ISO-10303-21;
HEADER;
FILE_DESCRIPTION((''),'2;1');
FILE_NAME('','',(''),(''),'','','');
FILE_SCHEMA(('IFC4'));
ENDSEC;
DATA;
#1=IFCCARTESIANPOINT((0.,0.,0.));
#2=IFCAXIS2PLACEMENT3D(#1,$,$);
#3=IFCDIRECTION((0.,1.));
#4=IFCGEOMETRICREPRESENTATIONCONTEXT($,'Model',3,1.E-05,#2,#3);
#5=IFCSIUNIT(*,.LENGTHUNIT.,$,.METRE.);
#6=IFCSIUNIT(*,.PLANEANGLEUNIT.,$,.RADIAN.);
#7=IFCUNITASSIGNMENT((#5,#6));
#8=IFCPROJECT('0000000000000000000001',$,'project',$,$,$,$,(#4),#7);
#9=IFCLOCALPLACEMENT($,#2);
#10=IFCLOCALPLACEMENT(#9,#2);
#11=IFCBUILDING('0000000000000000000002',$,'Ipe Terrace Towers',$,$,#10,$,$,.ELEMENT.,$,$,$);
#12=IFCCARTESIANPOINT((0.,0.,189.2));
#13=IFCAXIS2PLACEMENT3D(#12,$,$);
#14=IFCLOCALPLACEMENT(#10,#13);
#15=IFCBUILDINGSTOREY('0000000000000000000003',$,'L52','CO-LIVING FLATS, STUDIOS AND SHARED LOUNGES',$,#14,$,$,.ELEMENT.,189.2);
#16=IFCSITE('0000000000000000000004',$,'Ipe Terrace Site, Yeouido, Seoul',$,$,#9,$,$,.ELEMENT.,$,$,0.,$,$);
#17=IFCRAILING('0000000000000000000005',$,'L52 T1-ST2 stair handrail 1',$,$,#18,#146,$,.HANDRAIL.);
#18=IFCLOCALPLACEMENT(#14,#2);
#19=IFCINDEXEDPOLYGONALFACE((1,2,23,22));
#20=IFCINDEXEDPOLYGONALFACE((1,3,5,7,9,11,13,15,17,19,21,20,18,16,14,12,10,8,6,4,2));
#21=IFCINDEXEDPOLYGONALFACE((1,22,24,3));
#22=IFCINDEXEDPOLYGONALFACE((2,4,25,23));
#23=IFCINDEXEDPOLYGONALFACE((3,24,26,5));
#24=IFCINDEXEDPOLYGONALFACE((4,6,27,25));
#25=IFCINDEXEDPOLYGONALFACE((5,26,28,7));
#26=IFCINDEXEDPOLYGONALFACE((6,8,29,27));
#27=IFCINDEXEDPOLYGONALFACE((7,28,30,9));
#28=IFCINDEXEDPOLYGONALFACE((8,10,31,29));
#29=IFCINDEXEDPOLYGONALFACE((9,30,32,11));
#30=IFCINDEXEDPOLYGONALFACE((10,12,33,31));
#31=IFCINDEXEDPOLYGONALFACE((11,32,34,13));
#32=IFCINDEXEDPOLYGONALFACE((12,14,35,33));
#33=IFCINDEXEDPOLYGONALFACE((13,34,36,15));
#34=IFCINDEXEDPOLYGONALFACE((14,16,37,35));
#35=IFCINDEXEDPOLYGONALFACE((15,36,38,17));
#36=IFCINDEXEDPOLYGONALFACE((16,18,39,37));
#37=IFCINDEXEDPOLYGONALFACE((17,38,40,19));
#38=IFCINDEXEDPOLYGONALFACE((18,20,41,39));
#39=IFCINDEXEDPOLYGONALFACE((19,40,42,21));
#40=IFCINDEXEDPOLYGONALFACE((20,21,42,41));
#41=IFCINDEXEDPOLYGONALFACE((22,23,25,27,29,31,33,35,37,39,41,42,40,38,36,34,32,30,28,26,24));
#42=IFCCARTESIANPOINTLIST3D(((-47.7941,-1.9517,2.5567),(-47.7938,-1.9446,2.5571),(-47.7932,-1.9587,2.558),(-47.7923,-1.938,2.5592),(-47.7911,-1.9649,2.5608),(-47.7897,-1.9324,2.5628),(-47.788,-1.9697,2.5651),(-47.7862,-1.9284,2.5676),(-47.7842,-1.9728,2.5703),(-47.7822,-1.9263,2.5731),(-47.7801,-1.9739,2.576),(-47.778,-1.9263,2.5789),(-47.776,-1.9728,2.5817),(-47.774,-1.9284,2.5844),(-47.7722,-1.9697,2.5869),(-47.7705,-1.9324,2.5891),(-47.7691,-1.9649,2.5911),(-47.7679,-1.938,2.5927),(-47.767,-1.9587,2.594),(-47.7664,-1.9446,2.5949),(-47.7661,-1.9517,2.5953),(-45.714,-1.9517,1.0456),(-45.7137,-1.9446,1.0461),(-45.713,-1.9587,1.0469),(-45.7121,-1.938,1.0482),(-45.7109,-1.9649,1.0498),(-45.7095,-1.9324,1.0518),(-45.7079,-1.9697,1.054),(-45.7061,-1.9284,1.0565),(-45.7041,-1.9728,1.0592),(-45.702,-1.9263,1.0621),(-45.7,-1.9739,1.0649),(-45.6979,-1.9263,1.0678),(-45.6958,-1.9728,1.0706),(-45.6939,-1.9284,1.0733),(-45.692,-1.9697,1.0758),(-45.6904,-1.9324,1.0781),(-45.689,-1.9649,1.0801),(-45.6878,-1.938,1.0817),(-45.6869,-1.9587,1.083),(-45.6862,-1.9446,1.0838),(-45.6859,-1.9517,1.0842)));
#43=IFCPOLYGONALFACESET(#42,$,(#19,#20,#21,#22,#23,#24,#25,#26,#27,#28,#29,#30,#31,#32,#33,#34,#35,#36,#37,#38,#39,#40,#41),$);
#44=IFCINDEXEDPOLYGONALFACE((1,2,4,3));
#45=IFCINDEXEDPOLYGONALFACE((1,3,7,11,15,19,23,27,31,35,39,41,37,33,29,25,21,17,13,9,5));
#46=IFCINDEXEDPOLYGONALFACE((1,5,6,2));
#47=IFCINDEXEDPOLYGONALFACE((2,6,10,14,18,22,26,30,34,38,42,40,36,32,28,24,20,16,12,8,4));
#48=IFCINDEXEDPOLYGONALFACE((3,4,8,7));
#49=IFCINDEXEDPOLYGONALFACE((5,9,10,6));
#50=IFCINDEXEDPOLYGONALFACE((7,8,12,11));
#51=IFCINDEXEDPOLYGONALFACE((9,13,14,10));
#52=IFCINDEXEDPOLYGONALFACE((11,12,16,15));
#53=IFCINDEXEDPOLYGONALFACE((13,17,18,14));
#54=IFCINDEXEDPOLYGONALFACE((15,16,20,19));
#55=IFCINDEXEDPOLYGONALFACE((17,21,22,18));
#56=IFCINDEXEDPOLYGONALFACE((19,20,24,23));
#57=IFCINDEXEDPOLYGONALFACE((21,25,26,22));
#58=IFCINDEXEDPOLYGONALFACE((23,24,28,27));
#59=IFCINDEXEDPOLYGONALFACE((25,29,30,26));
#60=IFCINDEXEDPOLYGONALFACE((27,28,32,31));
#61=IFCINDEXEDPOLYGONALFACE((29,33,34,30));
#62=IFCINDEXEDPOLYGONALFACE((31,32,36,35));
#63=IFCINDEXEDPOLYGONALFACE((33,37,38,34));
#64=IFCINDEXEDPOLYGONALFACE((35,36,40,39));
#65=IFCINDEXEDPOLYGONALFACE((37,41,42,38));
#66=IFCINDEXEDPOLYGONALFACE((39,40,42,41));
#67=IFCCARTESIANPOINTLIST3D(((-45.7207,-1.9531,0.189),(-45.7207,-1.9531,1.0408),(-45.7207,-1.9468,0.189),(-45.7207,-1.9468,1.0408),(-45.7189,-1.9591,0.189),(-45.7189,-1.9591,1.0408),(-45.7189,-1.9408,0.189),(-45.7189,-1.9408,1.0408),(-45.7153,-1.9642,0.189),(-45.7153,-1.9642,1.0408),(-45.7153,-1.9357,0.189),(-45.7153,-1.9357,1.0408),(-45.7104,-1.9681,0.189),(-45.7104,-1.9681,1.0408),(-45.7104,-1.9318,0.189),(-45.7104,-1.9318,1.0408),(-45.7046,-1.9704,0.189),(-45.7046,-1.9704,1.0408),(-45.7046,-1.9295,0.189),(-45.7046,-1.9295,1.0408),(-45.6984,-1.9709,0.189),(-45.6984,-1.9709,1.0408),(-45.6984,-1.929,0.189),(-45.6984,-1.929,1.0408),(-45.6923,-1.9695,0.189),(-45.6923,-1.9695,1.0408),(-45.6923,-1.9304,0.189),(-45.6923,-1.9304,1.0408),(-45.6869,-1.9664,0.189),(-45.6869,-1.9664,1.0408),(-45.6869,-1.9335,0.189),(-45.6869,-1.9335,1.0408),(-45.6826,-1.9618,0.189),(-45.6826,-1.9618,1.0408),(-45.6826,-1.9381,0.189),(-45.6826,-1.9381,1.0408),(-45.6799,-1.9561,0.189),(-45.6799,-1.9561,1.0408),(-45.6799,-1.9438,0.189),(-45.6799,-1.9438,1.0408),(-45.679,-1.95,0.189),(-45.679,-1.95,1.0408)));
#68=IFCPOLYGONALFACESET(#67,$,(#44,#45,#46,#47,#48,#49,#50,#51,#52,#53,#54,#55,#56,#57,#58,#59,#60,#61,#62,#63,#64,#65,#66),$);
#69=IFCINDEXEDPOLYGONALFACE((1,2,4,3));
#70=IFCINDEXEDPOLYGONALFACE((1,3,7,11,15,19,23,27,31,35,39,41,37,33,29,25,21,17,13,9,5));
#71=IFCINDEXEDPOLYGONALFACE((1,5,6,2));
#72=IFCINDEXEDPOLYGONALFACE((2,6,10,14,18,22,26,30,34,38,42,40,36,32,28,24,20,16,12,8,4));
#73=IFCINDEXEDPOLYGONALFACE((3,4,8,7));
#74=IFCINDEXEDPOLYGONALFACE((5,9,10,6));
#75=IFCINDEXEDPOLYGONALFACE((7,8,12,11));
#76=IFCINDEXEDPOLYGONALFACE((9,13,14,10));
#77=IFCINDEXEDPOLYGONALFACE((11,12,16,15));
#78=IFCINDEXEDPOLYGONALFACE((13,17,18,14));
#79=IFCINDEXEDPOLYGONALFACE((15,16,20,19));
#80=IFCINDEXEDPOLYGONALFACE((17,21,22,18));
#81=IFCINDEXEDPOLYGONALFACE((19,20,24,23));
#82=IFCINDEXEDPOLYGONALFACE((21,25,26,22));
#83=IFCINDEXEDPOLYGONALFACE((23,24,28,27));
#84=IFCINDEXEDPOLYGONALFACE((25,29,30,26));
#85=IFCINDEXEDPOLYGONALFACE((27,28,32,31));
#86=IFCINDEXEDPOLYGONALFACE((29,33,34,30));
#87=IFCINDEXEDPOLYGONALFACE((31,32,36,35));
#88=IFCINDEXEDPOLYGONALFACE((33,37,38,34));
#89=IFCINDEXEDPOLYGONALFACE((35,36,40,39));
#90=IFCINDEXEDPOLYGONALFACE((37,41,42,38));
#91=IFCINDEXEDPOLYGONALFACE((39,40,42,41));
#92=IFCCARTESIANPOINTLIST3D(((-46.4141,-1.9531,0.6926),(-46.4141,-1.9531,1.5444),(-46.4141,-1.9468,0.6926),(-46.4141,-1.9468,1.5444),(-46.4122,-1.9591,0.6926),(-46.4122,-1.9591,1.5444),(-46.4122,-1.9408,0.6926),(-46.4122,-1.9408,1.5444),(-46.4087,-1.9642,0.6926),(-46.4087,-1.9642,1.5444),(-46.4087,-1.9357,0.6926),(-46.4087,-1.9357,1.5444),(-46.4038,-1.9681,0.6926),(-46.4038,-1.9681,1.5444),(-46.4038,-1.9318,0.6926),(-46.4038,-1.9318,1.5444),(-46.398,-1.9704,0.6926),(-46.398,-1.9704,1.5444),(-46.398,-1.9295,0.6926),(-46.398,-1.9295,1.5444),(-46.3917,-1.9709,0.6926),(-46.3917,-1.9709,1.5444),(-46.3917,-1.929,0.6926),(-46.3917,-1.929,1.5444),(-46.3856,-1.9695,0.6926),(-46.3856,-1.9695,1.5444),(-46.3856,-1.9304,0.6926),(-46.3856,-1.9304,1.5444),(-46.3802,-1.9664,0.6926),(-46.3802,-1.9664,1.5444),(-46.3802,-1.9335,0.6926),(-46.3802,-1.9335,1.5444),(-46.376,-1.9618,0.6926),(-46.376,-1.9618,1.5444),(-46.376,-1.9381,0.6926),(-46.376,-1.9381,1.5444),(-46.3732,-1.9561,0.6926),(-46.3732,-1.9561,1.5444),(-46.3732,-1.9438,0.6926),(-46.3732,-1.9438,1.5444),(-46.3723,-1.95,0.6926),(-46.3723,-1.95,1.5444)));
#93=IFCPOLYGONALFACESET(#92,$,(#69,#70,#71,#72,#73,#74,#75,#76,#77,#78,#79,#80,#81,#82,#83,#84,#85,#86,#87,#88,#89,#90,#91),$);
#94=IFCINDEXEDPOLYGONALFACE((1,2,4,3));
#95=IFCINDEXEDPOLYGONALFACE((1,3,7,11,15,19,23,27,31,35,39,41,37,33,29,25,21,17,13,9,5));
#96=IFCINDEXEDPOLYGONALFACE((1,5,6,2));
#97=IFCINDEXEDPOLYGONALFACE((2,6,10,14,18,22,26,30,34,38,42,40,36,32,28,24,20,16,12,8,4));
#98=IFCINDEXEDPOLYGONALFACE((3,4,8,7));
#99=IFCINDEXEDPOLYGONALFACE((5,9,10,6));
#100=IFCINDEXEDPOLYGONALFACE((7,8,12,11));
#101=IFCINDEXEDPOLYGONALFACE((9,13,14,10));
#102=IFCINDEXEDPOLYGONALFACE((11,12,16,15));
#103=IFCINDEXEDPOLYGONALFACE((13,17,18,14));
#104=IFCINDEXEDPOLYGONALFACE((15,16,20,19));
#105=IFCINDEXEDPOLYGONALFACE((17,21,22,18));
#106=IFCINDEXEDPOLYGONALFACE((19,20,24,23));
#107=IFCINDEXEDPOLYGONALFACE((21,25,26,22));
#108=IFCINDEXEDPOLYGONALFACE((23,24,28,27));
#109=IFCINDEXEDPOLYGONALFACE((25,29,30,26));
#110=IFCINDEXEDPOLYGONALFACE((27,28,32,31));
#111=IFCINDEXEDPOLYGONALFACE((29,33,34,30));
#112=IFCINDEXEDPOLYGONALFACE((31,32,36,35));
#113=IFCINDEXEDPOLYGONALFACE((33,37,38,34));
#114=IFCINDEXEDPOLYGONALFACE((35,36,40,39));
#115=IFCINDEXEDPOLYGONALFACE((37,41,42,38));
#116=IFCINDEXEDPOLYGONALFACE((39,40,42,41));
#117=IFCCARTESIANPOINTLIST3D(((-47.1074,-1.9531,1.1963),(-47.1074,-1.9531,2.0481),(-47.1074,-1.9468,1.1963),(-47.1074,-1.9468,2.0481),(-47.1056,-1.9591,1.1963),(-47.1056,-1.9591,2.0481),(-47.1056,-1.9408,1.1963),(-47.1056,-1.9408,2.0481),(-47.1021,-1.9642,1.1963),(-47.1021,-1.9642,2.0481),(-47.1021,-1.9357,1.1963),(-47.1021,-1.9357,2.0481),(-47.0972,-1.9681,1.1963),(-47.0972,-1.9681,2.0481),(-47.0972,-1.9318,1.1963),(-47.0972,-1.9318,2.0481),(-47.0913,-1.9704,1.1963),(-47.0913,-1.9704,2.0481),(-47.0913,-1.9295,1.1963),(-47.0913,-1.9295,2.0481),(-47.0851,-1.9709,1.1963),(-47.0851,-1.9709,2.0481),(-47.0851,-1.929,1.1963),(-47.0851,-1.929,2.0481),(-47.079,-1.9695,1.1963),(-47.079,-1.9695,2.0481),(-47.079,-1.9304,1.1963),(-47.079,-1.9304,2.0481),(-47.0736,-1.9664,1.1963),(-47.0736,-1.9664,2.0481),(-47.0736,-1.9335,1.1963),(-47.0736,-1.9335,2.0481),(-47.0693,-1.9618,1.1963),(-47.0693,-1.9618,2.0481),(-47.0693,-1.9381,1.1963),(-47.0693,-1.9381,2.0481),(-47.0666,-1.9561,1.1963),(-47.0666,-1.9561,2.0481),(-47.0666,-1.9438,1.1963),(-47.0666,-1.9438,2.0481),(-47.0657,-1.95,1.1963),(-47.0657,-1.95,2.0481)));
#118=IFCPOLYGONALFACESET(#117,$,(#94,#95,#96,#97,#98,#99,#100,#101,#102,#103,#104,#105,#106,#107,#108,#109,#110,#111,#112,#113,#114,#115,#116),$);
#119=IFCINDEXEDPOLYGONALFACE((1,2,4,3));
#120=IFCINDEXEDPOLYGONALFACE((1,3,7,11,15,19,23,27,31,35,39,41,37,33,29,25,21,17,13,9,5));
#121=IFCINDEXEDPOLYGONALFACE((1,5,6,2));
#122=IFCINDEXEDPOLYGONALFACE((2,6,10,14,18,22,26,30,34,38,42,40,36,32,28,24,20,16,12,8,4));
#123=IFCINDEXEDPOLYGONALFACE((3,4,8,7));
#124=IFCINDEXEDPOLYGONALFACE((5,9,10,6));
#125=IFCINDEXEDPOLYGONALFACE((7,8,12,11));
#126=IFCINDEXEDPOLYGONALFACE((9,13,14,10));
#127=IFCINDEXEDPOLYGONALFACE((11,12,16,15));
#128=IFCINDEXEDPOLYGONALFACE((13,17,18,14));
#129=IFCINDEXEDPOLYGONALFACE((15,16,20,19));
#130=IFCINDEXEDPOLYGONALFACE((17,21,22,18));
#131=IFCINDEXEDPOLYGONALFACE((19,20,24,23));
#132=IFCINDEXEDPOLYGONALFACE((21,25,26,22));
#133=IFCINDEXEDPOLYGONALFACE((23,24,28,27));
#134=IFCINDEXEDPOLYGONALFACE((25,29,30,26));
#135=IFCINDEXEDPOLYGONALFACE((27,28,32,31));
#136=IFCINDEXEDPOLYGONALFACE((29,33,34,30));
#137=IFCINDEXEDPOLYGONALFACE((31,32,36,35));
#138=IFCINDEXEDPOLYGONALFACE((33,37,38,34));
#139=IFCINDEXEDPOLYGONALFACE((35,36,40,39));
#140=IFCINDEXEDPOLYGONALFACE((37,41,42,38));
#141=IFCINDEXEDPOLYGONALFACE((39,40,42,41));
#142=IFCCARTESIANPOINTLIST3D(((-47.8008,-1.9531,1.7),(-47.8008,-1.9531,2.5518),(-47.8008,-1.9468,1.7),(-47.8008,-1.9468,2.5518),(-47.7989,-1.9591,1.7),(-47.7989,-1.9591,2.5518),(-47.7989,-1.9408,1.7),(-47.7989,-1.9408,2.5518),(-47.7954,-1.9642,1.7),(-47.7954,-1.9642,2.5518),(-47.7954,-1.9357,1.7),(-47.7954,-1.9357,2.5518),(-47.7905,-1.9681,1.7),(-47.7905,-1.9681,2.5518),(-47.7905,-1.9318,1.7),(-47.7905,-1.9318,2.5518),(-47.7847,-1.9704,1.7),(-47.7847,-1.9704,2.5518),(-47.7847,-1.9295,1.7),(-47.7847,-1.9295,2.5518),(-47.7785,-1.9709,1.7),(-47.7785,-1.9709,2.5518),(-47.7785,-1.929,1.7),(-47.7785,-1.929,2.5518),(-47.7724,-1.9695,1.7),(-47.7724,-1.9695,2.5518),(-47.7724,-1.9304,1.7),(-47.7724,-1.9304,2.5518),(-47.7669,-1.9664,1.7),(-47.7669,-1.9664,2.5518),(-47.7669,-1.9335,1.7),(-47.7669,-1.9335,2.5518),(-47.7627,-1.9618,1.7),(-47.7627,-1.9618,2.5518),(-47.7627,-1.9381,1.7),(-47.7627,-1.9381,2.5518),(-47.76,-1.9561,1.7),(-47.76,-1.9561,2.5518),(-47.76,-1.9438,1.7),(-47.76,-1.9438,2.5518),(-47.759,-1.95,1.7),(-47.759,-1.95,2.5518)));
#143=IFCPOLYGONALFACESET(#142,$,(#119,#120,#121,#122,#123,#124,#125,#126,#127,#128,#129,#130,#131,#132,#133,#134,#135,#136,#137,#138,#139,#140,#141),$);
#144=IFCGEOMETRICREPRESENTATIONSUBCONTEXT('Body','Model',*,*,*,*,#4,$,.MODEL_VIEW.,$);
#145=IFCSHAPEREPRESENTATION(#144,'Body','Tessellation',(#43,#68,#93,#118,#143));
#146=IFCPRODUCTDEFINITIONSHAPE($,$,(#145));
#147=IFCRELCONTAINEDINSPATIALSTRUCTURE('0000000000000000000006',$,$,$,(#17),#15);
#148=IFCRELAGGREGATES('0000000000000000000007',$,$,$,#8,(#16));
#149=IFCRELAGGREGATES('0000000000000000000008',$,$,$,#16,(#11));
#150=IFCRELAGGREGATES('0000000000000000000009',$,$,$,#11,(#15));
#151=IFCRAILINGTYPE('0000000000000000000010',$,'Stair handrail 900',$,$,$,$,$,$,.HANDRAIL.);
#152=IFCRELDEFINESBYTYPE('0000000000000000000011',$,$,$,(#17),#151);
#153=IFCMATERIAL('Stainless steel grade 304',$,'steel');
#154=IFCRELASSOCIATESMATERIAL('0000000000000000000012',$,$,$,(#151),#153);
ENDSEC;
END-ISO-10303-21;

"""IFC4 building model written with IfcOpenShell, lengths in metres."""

from ifc_helpers import new_model, si_unit, direction, frame, origin, origin_2d, place, context, subcontext, project, spatial, circle, extrude, material, type_object, element, save


model = new_model("IFC4")

# Units and contexts
model_context = context("Model", 3, precision=1e-05, world=origin(), true_north=direction((0.0, 1.0)))
body_context = subcontext(model_context, "Body", "Model", "MODEL_VIEW")
ifc_project = project(units=[si_unit("LENGTHUNIT", "METRE"), si_unit("PLANEANGLEUNIT", "RADIAN")], contexts=[model_context])

# Site, building, storey
site_placement = place(None, origin())
site = spatial("IfcSite", under=ifc_project, at=site_placement, Name="Ipe Terrace Site, Yeouido, Seoul", CompositionType="ELEMENT", RefElevation=0.0)
building_placement = place(site_placement, origin())
building = spatial("IfcBuilding", under=site, at=building_placement, Name="Ipe Terrace Towers", CompositionType="ELEMENT")
storey_placement = place(building_placement, frame((0.0, 0.0, 189.2)))
storey = spatial("IfcBuildingStorey", under=building, at=storey_placement, Name="L52", Description="CO-LIVING FLATS, STUDIOS AND SHARED LOUNGES", CompositionType="ELEMENT", Elevation=189.2)

# Railing
ifc_material_1 = material(Name="Stainless steel grade 304", Category="steel")
railing_type_1 = type_object("IfcRailingType", Name="Stair handrail 900", PredefinedType="HANDRAIL", material=ifc_material_1)
railing_1_placement = place(storey_placement, frame((-45.7, -1.95, 0.189)))
element("IfcRailing", 1, at=railing_1_placement, inside=storey, type_object=railing_type_1, Name="L52 T1-ST2 stair handrail 1", PredefinedType="HANDRAIL", context=body_context, shape_type="SweptSolid", body=[
    extrude(circle(Radius=0.0239, at=origin_2d()), frame((0.0, 0.0, 0.876), z_axis=(-0.809069, 0.0, 0.587714), x_axis=(0.0, -1.0, 0.0)), (0.0, 0.0, 1.0), 2.571),
    extrude(circle(Radius=0.021, at=origin_2d()), origin(), (0.0, 0.0, 1.0), 0.8518),
    extrude(circle(Radius=0.021, at=origin_2d()), frame((-0.6934, 0.0, 0.5037)), (0.0, 0.0, 1.0), 0.8518),
    extrude(circle(Radius=0.021, at=origin_2d()), frame((-1.3867, 0.0, 1.0073)), (0.0, 0.0, 1.0), 0.8518),
    extrude(circle(Radius=0.021, at=origin_2d()), frame((-2.0801, 0.0, 1.511)), (0.0, 0.0, 1.0), 0.8518),
])

save(model, "model.ifc")
